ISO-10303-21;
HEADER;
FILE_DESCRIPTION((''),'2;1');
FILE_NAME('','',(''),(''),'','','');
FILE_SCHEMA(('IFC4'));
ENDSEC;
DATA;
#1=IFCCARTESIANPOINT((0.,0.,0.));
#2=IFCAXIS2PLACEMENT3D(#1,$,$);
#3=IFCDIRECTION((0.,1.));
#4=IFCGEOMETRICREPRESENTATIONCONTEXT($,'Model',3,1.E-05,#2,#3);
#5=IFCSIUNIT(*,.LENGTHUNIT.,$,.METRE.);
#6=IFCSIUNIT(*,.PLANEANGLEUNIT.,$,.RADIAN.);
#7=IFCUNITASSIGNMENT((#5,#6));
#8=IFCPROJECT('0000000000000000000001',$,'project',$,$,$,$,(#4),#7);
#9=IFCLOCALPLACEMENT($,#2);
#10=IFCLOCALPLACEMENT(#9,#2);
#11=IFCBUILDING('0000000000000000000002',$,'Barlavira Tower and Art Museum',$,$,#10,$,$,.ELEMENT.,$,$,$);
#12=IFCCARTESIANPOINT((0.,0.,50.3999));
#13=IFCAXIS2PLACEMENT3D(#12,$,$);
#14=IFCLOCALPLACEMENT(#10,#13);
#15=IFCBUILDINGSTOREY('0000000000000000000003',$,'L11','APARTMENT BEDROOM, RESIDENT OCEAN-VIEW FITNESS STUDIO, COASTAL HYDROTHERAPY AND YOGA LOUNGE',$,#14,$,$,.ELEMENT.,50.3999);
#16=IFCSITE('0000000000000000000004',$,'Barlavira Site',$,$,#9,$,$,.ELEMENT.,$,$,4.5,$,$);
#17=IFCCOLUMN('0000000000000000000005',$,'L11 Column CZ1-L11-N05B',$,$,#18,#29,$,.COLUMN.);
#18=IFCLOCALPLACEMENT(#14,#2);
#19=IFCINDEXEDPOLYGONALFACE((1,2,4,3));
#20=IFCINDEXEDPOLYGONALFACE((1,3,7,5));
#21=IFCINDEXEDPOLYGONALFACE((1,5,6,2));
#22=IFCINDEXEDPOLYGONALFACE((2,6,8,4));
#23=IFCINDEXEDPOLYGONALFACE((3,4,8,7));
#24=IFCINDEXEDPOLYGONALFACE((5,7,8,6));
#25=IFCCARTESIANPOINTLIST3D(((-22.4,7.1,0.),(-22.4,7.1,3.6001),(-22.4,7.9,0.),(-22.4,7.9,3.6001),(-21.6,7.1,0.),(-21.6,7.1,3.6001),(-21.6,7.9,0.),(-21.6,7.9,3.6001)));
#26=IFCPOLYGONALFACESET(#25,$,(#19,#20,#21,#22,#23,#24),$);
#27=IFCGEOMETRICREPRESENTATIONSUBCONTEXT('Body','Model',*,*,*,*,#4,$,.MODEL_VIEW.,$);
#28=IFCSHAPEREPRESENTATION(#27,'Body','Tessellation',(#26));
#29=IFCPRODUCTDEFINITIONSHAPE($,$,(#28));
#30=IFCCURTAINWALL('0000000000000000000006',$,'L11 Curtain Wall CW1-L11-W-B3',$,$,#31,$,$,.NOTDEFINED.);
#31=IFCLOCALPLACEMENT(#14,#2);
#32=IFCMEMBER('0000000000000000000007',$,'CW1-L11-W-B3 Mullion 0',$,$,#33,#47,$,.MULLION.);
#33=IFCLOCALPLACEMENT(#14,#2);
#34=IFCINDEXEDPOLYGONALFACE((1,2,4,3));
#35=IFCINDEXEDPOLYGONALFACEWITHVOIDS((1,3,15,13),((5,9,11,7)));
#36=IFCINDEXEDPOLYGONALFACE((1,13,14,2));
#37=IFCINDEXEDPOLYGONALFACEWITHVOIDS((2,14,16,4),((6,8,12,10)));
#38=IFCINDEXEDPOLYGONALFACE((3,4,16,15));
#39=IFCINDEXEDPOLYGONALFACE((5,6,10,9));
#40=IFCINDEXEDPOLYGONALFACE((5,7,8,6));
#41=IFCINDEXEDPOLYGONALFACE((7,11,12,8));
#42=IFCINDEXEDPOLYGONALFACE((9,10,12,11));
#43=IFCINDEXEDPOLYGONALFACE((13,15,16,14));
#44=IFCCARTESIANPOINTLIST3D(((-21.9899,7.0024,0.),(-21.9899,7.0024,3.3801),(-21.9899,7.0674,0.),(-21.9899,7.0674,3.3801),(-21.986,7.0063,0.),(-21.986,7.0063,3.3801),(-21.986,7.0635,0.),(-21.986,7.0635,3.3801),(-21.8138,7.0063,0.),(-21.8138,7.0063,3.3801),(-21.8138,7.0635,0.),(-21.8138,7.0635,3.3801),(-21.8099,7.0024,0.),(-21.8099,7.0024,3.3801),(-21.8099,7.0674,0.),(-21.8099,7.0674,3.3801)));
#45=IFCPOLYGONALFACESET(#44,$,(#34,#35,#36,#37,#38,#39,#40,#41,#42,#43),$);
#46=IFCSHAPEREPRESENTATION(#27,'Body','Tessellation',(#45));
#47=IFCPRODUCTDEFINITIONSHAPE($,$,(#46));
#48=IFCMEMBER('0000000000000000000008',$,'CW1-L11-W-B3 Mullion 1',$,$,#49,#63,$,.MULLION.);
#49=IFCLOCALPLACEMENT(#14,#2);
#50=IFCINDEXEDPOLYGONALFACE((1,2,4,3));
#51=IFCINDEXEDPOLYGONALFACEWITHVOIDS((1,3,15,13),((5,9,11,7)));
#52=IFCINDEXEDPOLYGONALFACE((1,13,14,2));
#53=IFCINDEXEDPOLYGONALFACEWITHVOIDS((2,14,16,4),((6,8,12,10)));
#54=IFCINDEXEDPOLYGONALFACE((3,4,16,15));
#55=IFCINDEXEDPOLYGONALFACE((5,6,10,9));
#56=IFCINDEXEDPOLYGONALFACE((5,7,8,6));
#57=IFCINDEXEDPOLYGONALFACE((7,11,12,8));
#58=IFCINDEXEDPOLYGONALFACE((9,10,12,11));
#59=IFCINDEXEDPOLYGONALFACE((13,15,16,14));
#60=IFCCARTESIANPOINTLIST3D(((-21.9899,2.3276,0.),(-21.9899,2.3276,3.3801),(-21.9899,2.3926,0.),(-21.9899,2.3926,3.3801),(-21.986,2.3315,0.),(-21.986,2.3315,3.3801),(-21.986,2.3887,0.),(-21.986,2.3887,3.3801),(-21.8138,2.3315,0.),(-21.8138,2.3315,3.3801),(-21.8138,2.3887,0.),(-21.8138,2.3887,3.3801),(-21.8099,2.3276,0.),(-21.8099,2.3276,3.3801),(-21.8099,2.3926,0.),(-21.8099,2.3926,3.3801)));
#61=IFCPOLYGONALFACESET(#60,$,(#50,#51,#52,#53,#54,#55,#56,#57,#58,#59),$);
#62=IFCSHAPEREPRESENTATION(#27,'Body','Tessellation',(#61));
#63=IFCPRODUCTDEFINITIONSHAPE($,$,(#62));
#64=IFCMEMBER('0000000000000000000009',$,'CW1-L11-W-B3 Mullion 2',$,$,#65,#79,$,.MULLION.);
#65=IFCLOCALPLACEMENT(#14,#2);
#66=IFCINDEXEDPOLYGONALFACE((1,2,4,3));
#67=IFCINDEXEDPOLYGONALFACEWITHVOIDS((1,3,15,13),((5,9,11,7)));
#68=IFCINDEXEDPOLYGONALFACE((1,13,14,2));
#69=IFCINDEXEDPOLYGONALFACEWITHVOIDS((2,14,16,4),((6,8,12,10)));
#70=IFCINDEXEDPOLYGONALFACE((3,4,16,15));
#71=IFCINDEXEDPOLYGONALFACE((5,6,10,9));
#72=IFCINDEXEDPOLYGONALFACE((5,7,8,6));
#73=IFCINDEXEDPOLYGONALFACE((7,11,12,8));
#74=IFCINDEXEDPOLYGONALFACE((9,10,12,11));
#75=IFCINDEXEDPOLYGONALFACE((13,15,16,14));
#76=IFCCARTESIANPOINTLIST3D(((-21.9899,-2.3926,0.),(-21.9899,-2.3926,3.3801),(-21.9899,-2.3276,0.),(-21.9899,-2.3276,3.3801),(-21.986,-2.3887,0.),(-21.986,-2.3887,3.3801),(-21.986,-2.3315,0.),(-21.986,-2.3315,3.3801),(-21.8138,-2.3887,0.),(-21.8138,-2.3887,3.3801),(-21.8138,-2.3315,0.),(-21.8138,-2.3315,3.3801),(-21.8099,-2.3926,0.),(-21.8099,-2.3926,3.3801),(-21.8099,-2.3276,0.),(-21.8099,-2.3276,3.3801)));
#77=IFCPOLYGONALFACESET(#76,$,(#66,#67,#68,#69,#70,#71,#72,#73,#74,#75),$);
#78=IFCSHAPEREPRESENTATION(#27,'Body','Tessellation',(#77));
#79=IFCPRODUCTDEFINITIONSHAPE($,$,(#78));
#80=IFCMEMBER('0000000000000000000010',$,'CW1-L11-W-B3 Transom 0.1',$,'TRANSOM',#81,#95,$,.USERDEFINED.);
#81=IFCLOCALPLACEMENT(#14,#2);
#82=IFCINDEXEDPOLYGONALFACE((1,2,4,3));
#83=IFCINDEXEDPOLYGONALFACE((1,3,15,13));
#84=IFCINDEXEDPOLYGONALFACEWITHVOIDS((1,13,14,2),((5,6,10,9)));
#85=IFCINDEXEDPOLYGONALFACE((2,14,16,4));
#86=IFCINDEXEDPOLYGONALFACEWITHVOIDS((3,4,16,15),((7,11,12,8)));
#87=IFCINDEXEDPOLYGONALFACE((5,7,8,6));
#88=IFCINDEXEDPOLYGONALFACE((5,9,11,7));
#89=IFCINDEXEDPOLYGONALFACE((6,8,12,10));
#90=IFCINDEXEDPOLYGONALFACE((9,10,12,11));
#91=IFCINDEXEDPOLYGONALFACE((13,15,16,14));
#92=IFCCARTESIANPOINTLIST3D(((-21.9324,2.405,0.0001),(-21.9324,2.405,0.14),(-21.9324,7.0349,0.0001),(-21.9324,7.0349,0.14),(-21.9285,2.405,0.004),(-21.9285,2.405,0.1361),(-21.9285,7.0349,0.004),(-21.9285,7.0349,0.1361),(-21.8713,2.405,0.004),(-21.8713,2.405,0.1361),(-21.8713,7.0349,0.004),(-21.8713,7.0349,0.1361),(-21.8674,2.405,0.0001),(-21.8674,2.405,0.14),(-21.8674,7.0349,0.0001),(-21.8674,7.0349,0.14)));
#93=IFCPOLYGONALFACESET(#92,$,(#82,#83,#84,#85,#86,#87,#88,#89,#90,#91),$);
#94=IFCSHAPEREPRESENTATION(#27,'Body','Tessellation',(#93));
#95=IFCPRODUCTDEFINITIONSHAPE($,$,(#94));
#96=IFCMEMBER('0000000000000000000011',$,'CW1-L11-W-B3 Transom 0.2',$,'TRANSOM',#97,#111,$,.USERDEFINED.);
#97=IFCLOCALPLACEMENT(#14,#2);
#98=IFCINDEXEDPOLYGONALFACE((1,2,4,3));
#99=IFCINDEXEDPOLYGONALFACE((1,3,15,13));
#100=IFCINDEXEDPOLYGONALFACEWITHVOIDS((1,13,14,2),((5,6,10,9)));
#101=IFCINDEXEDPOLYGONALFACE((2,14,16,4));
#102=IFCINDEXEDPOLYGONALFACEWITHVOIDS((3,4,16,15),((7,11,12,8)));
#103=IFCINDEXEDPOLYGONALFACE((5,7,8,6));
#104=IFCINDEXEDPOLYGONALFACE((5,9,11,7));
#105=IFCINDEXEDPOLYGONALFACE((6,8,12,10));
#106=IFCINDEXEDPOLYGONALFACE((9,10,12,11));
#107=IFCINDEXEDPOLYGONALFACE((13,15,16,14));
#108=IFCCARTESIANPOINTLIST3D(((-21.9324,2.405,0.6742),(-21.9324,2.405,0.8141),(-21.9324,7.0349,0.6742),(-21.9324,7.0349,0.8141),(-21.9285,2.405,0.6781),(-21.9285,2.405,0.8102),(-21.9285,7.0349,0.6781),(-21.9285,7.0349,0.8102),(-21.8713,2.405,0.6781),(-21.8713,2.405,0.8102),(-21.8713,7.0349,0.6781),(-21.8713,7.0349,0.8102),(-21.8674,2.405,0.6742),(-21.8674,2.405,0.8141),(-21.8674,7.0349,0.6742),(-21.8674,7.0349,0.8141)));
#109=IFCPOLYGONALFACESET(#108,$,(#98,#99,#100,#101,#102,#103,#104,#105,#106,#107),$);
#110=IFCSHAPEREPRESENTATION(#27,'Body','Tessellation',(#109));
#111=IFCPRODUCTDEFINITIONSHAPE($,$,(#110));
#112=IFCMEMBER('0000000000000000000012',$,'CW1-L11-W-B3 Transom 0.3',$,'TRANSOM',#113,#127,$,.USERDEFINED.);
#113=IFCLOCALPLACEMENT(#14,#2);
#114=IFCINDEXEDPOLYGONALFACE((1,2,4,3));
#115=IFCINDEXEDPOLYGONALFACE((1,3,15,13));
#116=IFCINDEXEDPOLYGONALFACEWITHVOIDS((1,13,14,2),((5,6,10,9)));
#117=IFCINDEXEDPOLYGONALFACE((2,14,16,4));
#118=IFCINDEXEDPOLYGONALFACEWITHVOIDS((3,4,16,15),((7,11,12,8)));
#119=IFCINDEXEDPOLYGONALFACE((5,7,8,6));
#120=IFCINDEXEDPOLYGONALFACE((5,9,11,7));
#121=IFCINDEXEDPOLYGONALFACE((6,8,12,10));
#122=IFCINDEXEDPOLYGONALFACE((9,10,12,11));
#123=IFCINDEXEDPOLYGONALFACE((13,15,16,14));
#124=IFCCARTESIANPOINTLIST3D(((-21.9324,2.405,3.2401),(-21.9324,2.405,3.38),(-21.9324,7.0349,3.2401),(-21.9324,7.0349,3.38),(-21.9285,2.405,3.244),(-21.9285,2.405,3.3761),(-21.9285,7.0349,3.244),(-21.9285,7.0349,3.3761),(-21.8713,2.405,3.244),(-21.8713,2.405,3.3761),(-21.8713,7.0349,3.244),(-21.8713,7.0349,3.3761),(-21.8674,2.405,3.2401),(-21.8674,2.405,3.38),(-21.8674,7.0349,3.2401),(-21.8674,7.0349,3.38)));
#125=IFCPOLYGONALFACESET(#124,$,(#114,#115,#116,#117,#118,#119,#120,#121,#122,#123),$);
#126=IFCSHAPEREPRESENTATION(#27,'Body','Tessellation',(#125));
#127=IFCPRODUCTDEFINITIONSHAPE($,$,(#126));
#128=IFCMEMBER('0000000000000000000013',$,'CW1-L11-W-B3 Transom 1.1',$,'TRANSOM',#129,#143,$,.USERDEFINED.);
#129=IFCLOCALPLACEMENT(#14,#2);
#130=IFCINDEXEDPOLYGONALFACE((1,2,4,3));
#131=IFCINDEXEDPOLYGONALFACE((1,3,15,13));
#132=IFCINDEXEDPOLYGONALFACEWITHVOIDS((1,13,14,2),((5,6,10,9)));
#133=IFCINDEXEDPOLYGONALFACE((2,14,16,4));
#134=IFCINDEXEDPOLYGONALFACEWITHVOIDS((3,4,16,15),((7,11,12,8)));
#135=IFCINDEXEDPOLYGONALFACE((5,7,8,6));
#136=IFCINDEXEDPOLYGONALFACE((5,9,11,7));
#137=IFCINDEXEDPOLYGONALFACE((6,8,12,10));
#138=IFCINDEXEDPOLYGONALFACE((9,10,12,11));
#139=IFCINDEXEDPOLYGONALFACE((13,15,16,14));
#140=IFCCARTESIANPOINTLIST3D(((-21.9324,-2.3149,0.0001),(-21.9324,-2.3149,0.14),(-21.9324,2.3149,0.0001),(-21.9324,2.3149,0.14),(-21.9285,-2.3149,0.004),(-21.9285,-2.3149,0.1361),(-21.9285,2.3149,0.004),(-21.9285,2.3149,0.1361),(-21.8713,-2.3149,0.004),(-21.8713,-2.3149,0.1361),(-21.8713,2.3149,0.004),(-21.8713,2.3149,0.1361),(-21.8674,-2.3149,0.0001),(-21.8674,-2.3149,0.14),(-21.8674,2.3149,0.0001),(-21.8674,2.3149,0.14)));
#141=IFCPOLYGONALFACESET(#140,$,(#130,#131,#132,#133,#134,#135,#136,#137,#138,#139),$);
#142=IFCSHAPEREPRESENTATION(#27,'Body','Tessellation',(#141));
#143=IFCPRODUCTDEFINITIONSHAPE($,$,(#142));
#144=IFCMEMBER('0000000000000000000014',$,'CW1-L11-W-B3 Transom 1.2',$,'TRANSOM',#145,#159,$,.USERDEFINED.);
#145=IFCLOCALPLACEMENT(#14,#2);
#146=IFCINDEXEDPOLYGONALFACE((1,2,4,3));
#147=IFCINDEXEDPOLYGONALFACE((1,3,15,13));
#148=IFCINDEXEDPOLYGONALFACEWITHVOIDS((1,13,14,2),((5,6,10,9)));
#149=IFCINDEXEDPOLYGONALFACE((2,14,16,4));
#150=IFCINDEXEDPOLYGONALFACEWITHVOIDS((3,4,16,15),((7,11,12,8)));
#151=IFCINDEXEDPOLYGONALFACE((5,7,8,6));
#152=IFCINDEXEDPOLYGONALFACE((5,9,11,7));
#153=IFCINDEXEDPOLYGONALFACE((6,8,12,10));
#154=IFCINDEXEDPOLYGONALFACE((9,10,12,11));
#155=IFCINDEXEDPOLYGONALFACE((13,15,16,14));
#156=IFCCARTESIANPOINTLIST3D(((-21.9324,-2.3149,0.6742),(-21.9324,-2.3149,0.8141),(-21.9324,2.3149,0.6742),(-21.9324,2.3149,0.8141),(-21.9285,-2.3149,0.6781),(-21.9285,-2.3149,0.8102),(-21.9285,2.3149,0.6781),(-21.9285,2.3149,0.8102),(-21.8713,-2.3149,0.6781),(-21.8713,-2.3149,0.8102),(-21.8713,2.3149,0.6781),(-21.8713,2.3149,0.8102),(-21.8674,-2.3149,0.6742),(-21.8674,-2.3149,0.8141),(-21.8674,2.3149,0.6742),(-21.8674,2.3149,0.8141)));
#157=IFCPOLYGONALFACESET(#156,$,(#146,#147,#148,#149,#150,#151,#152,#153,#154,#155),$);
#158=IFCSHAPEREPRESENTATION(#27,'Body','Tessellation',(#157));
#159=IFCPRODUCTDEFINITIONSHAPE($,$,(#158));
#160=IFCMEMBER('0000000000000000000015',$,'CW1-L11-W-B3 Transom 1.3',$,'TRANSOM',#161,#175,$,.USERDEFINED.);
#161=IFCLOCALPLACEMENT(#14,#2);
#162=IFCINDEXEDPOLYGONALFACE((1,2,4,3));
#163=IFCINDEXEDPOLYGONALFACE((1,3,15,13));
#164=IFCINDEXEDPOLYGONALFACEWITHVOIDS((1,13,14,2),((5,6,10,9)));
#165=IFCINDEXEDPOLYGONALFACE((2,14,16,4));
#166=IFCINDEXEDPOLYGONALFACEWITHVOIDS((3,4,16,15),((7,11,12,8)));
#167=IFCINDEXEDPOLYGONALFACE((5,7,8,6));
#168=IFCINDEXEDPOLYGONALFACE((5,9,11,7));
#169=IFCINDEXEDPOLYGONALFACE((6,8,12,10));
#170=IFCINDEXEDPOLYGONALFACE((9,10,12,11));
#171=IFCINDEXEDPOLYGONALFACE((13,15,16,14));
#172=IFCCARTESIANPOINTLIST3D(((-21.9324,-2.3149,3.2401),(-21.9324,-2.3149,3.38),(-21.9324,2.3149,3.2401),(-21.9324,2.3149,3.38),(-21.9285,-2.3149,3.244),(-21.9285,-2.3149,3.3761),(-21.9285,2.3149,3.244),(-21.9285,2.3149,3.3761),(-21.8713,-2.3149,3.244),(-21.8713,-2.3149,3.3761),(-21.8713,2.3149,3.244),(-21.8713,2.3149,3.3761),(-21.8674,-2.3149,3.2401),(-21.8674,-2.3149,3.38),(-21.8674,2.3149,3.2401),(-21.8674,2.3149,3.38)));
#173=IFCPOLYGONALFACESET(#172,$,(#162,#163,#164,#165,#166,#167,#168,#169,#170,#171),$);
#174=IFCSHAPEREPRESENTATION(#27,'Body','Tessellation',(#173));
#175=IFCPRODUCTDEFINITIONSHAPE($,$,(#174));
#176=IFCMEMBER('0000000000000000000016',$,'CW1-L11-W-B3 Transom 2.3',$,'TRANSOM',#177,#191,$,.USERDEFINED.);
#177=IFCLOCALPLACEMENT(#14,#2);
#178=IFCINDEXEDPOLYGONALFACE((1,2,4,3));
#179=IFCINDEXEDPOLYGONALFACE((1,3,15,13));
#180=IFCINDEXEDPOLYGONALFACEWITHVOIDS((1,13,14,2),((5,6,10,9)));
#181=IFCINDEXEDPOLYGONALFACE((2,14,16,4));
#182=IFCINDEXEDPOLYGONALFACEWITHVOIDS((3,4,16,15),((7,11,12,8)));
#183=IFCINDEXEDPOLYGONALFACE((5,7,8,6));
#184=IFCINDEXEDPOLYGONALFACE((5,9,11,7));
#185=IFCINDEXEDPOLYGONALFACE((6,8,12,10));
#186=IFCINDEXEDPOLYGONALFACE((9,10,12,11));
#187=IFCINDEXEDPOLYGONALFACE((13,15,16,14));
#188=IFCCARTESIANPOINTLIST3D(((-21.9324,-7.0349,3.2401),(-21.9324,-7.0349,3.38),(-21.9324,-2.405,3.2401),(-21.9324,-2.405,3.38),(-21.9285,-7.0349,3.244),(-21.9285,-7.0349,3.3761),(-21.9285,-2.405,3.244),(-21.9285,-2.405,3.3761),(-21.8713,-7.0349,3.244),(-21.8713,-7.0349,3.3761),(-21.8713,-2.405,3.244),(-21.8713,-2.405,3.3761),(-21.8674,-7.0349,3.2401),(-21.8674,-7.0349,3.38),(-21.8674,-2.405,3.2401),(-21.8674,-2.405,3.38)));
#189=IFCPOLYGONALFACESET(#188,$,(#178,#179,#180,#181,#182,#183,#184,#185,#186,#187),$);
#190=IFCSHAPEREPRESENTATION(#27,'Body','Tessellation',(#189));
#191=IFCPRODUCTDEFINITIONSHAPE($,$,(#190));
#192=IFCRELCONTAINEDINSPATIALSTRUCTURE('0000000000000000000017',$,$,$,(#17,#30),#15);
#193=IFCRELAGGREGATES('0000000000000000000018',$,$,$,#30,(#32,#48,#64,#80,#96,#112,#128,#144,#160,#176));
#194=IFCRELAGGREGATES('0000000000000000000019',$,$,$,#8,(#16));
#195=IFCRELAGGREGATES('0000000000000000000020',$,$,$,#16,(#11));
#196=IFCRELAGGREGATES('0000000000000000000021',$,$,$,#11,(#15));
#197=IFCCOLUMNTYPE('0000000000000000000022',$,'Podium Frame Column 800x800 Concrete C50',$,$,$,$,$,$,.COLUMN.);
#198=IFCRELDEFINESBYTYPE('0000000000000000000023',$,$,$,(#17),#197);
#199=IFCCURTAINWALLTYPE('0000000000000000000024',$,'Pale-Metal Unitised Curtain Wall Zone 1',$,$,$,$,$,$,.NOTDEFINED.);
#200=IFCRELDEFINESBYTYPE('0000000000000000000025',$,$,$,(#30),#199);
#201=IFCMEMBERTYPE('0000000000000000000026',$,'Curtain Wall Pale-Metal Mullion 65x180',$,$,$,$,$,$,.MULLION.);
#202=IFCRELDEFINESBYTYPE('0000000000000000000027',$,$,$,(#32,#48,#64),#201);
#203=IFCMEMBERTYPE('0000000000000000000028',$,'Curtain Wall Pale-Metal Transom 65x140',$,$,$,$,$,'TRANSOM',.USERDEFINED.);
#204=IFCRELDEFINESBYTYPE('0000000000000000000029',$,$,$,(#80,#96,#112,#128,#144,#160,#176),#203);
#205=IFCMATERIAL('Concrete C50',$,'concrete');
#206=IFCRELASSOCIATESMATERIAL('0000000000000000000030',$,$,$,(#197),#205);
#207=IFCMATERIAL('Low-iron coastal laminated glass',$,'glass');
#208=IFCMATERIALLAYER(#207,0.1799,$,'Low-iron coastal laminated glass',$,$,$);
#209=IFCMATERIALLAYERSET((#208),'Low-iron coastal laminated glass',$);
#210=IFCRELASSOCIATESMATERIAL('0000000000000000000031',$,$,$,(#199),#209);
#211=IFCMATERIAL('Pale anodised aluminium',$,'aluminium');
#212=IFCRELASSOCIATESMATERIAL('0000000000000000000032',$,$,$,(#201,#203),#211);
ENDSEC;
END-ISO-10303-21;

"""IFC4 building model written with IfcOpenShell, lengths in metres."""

from ifc_helpers import new_model, si_unit, direction, frame, origin, origin_2d, place, context, subcontext, project, spatial, rectangle, hollow_rectangle, extrude, material, layer, layer_set, material_profile, profile_set, type_object, element, aggregate, save


model = new_model("IFC4")

# Units and contexts
model_context = context("Model", 3, precision=1e-05, world=origin(), true_north=direction((0.0, 1.0)))
body_context = subcontext(model_context, "Body", "Model", "MODEL_VIEW")
ifc_project = project(units=[si_unit("LENGTHUNIT", "METRE"), si_unit("PLANEANGLEUNIT", "RADIAN")], contexts=[model_context])

# Site, building, storey
site_placement = place(None, origin())
site = spatial("IfcSite", under=ifc_project, at=site_placement, Name="Barlavira Site", CompositionType="ELEMENT", RefElevation=4.5)
building_placement = place(site_placement, origin())
building = spatial("IfcBuilding", under=site, at=building_placement, Name="Barlavira Tower and Art Museum", CompositionType="ELEMENT")
storey_placement = place(building_placement, frame((0.0, 0.0, 50.3999)))
storey = spatial("IfcBuildingStorey", under=building, at=storey_placement, Name="L11", Description="APARTMENT BEDROOM, RESIDENT OCEAN-VIEW FITNESS STUDIO, COASTAL HYDROTHERAPY AND YOGA LOUNGE", CompositionType="ELEMENT", Elevation=50.3999)

# Column
ifc_material_1 = material(Name="Concrete C50", Category="concrete")
ifc_material_profile_1 = material_profile(ifc_material_1, rectangle(XDim=0.8, YDim=0.8, at=origin_2d()), Name="RC-COL 800x800")
ifc_profile_set_1 = profile_set([ifc_material_profile_1], Name="Concrete C50")
column_type = type_object("IfcColumnType", Name="Podium Frame Column 800x800 Concrete C50", PredefinedType="COLUMN", material=ifc_profile_set_1)
column_placement = place(storey_placement, frame((-22.0, 7.5, 0.0), z_axis=(0.0, 0.0, 1.0), x_axis=(1.0, 0.0, 0.0)))
element("IfcColumn", 1, at=column_placement, inside=storey, type_object=column_type, Name="L11 Column CZ1-L11-N05B", PredefinedType="COLUMN", context=body_context, shape_type="SweptSolid", body=[
    extrude(rectangle(XDim=0.8, YDim=0.8, at=origin_2d()), origin(), (0.0, 0.0, 1.0), 3.6001),
])

# Curtain wall, members
ifc_material_2 = material(Name="Low-iron coastal laminated glass", Category="glass")
ifc_layer_1 = layer(ifc_material_2, 0.1799, Name="Low-iron coastal laminated glass")
ifc_layer_set_1 = layer_set([ifc_layer_1], Name="Low-iron coastal laminated glass")
curtain_wall_type = type_object("IfcCurtainWallType", Name="Pale-Metal Unitised Curtain Wall Zone 1", PredefinedType="NOTDEFINED", material=ifc_layer_set_1)
curtain_wall_placement = place(storey_placement, origin())
curtain_wall = element("IfcCurtainWall", 2, at=curtain_wall_placement, inside=storey, type_object=curtain_wall_type, Name="L11 Curtain Wall CW1-L11-W-B3", PredefinedType="NOTDEFINED")
ifc_material_3 = material(Name="Pale anodised aluminium", Category="aluminium")
ifc_material_profile_2 = material_profile(ifc_material_3, hollow_rectangle(XDim=0.0649, YDim=0.1799, WallThickness=0.0039, at=origin_2d()), Name="ALU-MULL 65x180x4")
ifc_profile_set_2 = profile_set([ifc_material_profile_2], Name="Pale anodised aluminium")
member_type_1 = type_object("IfcMemberType", Name="Curtain Wall Pale-Metal Mullion 65x180", PredefinedType="MULLION", material=ifc_profile_set_2)
member_1_placement = place(storey_placement, frame((-21.8999, 7.0349, 0.0), z_axis=(0.0, 0.0, 1.0), x_axis=(0.0, -1.0, 0.0)))
member_1 = element("IfcMember", 3, at=member_1_placement, type_object=member_type_1, Name="CW1-L11-W-B3 Mullion 0", PredefinedType="MULLION", context=body_context, shape_type="SweptSolid", body=[
    extrude(hollow_rectangle(XDim=0.0649, YDim=0.1799, WallThickness=0.0039, at=origin_2d()), origin(), (0.0, 0.0, 1.0), 3.3801),
])
member_2_placement = place(storey_placement, frame((-21.8999, 2.3601, 0.0), z_axis=(0.0, 0.0, 1.0), x_axis=(0.0, -1.0, 0.0)))
member_2 = element("IfcMember", 4, at=member_2_placement, type_object=member_type_1, Name="CW1-L11-W-B3 Mullion 1", PredefinedType="MULLION", context=body_context, shape_type="SweptSolid", body=[
    extrude(hollow_rectangle(XDim=0.0649, YDim=0.1799, WallThickness=0.0039, at=origin_2d()), origin(), (0.0, 0.0, 1.0), 3.3801),
])
member_3_placement = place(storey_placement, frame((-21.8999, -2.3601, 0.0), z_axis=(0.0, 0.0, 1.0), x_axis=(0.0, -1.0, 0.0)))
member_3 = element("IfcMember", 5, at=member_3_placement, type_object=member_type_1, Name="CW1-L11-W-B3 Mullion 2", PredefinedType="MULLION", context=body_context, shape_type="SweptSolid", body=[
    extrude(hollow_rectangle(XDim=0.0649, YDim=0.1799, WallThickness=0.0039, at=origin_2d()), origin(), (0.0, 0.0, 1.0), 3.3801),
])
ifc_material_profile_3 = material_profile(ifc_material_3, hollow_rectangle(XDim=0.0649, YDim=0.1399, WallThickness=0.0039, at=origin_2d()), Name="ALU-TRAN 65x140x4")
ifc_profile_set_3 = profile_set([ifc_material_profile_3], Name="Pale anodised aluminium")
member_type_2 = type_object("IfcMemberType", Name="Curtain Wall Pale-Metal Transom 65x140", ElementType="TRANSOM", PredefinedType="USERDEFINED", material=ifc_profile_set_3)
member_4_placement = place(storey_placement, frame((-21.8999, 7.0349, 0.0701), z_axis=(0.0, -1.0, 0.0), x_axis=(1.0, 0.0, 0.0)))
member_4 = element("IfcMember", 6, at=member_4_placement, type_object=member_type_2, Name="CW1-L11-W-B3 Transom 0.1", ObjectType="TRANSOM", PredefinedType="USERDEFINED", context=body_context, shape_type="SweptSolid", body=[
    extrude(hollow_rectangle(XDim=0.0649, YDim=0.1399, WallThickness=0.0039, at=origin_2d()), origin(), (0.0, 0.0, 1.0), 4.6299),
])
member_5_placement = place(storey_placement, frame((-21.8999, 7.0349, 0.7441), z_axis=(0.0, -1.0, 0.0), x_axis=(1.0, 0.0, 0.0)))
member_5 = element("IfcMember", 7, at=member_5_placement, type_object=member_type_2, Name="CW1-L11-W-B3 Transom 0.2", ObjectType="TRANSOM", PredefinedType="USERDEFINED", context=body_context, shape_type="SweptSolid", body=[
    extrude(hollow_rectangle(XDim=0.0649, YDim=0.1399, WallThickness=0.0039, at=origin_2d()), origin(), (0.0, 0.0, 1.0), 4.6299),
])
member_6_placement = place(storey_placement, frame((-21.8999, 7.0349, 3.3101), z_axis=(0.0, -1.0, 0.0), x_axis=(1.0, 0.0, 0.0)))
member_6 = element("IfcMember", 8, at=member_6_placement, type_object=member_type_2, Name="CW1-L11-W-B3 Transom 0.3", ObjectType="TRANSOM", PredefinedType="USERDEFINED", context=body_context, shape_type="SweptSolid", body=[
    extrude(hollow_rectangle(XDim=0.0649, YDim=0.1399, WallThickness=0.0039, at=origin_2d()), origin(), (0.0, 0.0, 1.0), 4.6299),
])
member_7_placement = place(storey_placement, frame((-21.8999, 2.3149, 0.0701), z_axis=(0.0, -1.0, 0.0), x_axis=(1.0, 0.0, 0.0)))
member_7 = element("IfcMember", 9, at=member_7_placement, type_object=member_type_2, Name="CW1-L11-W-B3 Transom 1.1", ObjectType="TRANSOM", PredefinedType="USERDEFINED", context=body_context, shape_type="SweptSolid", body=[
    extrude(hollow_rectangle(XDim=0.0649, YDim=0.1399, WallThickness=0.0039, at=origin_2d()), origin(), (0.0, 0.0, 1.0), 4.6299),
])
member_8_placement = place(storey_placement, frame((-21.8999, 2.3149, 0.7441), z_axis=(0.0, -1.0, 0.0), x_axis=(1.0, 0.0, 0.0)))
member_8 = element("IfcMember", 10, at=member_8_placement, type_object=member_type_2, Name="CW1-L11-W-B3 Transom 1.2", ObjectType="TRANSOM", PredefinedType="USERDEFINED", context=body_context, shape_type="SweptSolid", body=[
    extrude(hollow_rectangle(XDim=0.0649, YDim=0.1399, WallThickness=0.0039, at=origin_2d()), origin(), (0.0, 0.0, 1.0), 4.6299),
])
member_9_placement = place(storey_placement, frame((-21.8999, 2.3149, 3.3101), z_axis=(0.0, -1.0, 0.0), x_axis=(1.0, 0.0, 0.0)))
member_9 = element("IfcMember", 11, at=member_9_placement, type_object=member_type_2, Name="CW1-L11-W-B3 Transom 1.3", ObjectType="TRANSOM", PredefinedType="USERDEFINED", context=body_context, shape_type="SweptSolid", body=[
    extrude(hollow_rectangle(XDim=0.0649, YDim=0.1399, WallThickness=0.0039, at=origin_2d()), origin(), (0.0, 0.0, 1.0), 4.6299),
])
member_10_placement = place(storey_placement, frame((-21.8999, -2.405, 3.3101), z_axis=(0.0, -1.0, 0.0), x_axis=(1.0, 0.0, 0.0)))
member_10 = element("IfcMember", 12, at=member_10_placement, type_object=member_type_2, Name="CW1-L11-W-B3 Transom 2.3", ObjectType="TRANSOM", PredefinedType="USERDEFINED", context=body_context, shape_type="SweptSolid", body=[
    extrude(hollow_rectangle(XDim=0.0649, YDim=0.1399, WallThickness=0.0039, at=origin_2d()), origin(), (0.0, 0.0, 1.0), 4.6299),
])

aggregate(curtain_wall, [member_1, member_2, member_3, member_4, member_5, member_6, member_7, member_8, member_9, member_10])

save(model, "model.ifc")
